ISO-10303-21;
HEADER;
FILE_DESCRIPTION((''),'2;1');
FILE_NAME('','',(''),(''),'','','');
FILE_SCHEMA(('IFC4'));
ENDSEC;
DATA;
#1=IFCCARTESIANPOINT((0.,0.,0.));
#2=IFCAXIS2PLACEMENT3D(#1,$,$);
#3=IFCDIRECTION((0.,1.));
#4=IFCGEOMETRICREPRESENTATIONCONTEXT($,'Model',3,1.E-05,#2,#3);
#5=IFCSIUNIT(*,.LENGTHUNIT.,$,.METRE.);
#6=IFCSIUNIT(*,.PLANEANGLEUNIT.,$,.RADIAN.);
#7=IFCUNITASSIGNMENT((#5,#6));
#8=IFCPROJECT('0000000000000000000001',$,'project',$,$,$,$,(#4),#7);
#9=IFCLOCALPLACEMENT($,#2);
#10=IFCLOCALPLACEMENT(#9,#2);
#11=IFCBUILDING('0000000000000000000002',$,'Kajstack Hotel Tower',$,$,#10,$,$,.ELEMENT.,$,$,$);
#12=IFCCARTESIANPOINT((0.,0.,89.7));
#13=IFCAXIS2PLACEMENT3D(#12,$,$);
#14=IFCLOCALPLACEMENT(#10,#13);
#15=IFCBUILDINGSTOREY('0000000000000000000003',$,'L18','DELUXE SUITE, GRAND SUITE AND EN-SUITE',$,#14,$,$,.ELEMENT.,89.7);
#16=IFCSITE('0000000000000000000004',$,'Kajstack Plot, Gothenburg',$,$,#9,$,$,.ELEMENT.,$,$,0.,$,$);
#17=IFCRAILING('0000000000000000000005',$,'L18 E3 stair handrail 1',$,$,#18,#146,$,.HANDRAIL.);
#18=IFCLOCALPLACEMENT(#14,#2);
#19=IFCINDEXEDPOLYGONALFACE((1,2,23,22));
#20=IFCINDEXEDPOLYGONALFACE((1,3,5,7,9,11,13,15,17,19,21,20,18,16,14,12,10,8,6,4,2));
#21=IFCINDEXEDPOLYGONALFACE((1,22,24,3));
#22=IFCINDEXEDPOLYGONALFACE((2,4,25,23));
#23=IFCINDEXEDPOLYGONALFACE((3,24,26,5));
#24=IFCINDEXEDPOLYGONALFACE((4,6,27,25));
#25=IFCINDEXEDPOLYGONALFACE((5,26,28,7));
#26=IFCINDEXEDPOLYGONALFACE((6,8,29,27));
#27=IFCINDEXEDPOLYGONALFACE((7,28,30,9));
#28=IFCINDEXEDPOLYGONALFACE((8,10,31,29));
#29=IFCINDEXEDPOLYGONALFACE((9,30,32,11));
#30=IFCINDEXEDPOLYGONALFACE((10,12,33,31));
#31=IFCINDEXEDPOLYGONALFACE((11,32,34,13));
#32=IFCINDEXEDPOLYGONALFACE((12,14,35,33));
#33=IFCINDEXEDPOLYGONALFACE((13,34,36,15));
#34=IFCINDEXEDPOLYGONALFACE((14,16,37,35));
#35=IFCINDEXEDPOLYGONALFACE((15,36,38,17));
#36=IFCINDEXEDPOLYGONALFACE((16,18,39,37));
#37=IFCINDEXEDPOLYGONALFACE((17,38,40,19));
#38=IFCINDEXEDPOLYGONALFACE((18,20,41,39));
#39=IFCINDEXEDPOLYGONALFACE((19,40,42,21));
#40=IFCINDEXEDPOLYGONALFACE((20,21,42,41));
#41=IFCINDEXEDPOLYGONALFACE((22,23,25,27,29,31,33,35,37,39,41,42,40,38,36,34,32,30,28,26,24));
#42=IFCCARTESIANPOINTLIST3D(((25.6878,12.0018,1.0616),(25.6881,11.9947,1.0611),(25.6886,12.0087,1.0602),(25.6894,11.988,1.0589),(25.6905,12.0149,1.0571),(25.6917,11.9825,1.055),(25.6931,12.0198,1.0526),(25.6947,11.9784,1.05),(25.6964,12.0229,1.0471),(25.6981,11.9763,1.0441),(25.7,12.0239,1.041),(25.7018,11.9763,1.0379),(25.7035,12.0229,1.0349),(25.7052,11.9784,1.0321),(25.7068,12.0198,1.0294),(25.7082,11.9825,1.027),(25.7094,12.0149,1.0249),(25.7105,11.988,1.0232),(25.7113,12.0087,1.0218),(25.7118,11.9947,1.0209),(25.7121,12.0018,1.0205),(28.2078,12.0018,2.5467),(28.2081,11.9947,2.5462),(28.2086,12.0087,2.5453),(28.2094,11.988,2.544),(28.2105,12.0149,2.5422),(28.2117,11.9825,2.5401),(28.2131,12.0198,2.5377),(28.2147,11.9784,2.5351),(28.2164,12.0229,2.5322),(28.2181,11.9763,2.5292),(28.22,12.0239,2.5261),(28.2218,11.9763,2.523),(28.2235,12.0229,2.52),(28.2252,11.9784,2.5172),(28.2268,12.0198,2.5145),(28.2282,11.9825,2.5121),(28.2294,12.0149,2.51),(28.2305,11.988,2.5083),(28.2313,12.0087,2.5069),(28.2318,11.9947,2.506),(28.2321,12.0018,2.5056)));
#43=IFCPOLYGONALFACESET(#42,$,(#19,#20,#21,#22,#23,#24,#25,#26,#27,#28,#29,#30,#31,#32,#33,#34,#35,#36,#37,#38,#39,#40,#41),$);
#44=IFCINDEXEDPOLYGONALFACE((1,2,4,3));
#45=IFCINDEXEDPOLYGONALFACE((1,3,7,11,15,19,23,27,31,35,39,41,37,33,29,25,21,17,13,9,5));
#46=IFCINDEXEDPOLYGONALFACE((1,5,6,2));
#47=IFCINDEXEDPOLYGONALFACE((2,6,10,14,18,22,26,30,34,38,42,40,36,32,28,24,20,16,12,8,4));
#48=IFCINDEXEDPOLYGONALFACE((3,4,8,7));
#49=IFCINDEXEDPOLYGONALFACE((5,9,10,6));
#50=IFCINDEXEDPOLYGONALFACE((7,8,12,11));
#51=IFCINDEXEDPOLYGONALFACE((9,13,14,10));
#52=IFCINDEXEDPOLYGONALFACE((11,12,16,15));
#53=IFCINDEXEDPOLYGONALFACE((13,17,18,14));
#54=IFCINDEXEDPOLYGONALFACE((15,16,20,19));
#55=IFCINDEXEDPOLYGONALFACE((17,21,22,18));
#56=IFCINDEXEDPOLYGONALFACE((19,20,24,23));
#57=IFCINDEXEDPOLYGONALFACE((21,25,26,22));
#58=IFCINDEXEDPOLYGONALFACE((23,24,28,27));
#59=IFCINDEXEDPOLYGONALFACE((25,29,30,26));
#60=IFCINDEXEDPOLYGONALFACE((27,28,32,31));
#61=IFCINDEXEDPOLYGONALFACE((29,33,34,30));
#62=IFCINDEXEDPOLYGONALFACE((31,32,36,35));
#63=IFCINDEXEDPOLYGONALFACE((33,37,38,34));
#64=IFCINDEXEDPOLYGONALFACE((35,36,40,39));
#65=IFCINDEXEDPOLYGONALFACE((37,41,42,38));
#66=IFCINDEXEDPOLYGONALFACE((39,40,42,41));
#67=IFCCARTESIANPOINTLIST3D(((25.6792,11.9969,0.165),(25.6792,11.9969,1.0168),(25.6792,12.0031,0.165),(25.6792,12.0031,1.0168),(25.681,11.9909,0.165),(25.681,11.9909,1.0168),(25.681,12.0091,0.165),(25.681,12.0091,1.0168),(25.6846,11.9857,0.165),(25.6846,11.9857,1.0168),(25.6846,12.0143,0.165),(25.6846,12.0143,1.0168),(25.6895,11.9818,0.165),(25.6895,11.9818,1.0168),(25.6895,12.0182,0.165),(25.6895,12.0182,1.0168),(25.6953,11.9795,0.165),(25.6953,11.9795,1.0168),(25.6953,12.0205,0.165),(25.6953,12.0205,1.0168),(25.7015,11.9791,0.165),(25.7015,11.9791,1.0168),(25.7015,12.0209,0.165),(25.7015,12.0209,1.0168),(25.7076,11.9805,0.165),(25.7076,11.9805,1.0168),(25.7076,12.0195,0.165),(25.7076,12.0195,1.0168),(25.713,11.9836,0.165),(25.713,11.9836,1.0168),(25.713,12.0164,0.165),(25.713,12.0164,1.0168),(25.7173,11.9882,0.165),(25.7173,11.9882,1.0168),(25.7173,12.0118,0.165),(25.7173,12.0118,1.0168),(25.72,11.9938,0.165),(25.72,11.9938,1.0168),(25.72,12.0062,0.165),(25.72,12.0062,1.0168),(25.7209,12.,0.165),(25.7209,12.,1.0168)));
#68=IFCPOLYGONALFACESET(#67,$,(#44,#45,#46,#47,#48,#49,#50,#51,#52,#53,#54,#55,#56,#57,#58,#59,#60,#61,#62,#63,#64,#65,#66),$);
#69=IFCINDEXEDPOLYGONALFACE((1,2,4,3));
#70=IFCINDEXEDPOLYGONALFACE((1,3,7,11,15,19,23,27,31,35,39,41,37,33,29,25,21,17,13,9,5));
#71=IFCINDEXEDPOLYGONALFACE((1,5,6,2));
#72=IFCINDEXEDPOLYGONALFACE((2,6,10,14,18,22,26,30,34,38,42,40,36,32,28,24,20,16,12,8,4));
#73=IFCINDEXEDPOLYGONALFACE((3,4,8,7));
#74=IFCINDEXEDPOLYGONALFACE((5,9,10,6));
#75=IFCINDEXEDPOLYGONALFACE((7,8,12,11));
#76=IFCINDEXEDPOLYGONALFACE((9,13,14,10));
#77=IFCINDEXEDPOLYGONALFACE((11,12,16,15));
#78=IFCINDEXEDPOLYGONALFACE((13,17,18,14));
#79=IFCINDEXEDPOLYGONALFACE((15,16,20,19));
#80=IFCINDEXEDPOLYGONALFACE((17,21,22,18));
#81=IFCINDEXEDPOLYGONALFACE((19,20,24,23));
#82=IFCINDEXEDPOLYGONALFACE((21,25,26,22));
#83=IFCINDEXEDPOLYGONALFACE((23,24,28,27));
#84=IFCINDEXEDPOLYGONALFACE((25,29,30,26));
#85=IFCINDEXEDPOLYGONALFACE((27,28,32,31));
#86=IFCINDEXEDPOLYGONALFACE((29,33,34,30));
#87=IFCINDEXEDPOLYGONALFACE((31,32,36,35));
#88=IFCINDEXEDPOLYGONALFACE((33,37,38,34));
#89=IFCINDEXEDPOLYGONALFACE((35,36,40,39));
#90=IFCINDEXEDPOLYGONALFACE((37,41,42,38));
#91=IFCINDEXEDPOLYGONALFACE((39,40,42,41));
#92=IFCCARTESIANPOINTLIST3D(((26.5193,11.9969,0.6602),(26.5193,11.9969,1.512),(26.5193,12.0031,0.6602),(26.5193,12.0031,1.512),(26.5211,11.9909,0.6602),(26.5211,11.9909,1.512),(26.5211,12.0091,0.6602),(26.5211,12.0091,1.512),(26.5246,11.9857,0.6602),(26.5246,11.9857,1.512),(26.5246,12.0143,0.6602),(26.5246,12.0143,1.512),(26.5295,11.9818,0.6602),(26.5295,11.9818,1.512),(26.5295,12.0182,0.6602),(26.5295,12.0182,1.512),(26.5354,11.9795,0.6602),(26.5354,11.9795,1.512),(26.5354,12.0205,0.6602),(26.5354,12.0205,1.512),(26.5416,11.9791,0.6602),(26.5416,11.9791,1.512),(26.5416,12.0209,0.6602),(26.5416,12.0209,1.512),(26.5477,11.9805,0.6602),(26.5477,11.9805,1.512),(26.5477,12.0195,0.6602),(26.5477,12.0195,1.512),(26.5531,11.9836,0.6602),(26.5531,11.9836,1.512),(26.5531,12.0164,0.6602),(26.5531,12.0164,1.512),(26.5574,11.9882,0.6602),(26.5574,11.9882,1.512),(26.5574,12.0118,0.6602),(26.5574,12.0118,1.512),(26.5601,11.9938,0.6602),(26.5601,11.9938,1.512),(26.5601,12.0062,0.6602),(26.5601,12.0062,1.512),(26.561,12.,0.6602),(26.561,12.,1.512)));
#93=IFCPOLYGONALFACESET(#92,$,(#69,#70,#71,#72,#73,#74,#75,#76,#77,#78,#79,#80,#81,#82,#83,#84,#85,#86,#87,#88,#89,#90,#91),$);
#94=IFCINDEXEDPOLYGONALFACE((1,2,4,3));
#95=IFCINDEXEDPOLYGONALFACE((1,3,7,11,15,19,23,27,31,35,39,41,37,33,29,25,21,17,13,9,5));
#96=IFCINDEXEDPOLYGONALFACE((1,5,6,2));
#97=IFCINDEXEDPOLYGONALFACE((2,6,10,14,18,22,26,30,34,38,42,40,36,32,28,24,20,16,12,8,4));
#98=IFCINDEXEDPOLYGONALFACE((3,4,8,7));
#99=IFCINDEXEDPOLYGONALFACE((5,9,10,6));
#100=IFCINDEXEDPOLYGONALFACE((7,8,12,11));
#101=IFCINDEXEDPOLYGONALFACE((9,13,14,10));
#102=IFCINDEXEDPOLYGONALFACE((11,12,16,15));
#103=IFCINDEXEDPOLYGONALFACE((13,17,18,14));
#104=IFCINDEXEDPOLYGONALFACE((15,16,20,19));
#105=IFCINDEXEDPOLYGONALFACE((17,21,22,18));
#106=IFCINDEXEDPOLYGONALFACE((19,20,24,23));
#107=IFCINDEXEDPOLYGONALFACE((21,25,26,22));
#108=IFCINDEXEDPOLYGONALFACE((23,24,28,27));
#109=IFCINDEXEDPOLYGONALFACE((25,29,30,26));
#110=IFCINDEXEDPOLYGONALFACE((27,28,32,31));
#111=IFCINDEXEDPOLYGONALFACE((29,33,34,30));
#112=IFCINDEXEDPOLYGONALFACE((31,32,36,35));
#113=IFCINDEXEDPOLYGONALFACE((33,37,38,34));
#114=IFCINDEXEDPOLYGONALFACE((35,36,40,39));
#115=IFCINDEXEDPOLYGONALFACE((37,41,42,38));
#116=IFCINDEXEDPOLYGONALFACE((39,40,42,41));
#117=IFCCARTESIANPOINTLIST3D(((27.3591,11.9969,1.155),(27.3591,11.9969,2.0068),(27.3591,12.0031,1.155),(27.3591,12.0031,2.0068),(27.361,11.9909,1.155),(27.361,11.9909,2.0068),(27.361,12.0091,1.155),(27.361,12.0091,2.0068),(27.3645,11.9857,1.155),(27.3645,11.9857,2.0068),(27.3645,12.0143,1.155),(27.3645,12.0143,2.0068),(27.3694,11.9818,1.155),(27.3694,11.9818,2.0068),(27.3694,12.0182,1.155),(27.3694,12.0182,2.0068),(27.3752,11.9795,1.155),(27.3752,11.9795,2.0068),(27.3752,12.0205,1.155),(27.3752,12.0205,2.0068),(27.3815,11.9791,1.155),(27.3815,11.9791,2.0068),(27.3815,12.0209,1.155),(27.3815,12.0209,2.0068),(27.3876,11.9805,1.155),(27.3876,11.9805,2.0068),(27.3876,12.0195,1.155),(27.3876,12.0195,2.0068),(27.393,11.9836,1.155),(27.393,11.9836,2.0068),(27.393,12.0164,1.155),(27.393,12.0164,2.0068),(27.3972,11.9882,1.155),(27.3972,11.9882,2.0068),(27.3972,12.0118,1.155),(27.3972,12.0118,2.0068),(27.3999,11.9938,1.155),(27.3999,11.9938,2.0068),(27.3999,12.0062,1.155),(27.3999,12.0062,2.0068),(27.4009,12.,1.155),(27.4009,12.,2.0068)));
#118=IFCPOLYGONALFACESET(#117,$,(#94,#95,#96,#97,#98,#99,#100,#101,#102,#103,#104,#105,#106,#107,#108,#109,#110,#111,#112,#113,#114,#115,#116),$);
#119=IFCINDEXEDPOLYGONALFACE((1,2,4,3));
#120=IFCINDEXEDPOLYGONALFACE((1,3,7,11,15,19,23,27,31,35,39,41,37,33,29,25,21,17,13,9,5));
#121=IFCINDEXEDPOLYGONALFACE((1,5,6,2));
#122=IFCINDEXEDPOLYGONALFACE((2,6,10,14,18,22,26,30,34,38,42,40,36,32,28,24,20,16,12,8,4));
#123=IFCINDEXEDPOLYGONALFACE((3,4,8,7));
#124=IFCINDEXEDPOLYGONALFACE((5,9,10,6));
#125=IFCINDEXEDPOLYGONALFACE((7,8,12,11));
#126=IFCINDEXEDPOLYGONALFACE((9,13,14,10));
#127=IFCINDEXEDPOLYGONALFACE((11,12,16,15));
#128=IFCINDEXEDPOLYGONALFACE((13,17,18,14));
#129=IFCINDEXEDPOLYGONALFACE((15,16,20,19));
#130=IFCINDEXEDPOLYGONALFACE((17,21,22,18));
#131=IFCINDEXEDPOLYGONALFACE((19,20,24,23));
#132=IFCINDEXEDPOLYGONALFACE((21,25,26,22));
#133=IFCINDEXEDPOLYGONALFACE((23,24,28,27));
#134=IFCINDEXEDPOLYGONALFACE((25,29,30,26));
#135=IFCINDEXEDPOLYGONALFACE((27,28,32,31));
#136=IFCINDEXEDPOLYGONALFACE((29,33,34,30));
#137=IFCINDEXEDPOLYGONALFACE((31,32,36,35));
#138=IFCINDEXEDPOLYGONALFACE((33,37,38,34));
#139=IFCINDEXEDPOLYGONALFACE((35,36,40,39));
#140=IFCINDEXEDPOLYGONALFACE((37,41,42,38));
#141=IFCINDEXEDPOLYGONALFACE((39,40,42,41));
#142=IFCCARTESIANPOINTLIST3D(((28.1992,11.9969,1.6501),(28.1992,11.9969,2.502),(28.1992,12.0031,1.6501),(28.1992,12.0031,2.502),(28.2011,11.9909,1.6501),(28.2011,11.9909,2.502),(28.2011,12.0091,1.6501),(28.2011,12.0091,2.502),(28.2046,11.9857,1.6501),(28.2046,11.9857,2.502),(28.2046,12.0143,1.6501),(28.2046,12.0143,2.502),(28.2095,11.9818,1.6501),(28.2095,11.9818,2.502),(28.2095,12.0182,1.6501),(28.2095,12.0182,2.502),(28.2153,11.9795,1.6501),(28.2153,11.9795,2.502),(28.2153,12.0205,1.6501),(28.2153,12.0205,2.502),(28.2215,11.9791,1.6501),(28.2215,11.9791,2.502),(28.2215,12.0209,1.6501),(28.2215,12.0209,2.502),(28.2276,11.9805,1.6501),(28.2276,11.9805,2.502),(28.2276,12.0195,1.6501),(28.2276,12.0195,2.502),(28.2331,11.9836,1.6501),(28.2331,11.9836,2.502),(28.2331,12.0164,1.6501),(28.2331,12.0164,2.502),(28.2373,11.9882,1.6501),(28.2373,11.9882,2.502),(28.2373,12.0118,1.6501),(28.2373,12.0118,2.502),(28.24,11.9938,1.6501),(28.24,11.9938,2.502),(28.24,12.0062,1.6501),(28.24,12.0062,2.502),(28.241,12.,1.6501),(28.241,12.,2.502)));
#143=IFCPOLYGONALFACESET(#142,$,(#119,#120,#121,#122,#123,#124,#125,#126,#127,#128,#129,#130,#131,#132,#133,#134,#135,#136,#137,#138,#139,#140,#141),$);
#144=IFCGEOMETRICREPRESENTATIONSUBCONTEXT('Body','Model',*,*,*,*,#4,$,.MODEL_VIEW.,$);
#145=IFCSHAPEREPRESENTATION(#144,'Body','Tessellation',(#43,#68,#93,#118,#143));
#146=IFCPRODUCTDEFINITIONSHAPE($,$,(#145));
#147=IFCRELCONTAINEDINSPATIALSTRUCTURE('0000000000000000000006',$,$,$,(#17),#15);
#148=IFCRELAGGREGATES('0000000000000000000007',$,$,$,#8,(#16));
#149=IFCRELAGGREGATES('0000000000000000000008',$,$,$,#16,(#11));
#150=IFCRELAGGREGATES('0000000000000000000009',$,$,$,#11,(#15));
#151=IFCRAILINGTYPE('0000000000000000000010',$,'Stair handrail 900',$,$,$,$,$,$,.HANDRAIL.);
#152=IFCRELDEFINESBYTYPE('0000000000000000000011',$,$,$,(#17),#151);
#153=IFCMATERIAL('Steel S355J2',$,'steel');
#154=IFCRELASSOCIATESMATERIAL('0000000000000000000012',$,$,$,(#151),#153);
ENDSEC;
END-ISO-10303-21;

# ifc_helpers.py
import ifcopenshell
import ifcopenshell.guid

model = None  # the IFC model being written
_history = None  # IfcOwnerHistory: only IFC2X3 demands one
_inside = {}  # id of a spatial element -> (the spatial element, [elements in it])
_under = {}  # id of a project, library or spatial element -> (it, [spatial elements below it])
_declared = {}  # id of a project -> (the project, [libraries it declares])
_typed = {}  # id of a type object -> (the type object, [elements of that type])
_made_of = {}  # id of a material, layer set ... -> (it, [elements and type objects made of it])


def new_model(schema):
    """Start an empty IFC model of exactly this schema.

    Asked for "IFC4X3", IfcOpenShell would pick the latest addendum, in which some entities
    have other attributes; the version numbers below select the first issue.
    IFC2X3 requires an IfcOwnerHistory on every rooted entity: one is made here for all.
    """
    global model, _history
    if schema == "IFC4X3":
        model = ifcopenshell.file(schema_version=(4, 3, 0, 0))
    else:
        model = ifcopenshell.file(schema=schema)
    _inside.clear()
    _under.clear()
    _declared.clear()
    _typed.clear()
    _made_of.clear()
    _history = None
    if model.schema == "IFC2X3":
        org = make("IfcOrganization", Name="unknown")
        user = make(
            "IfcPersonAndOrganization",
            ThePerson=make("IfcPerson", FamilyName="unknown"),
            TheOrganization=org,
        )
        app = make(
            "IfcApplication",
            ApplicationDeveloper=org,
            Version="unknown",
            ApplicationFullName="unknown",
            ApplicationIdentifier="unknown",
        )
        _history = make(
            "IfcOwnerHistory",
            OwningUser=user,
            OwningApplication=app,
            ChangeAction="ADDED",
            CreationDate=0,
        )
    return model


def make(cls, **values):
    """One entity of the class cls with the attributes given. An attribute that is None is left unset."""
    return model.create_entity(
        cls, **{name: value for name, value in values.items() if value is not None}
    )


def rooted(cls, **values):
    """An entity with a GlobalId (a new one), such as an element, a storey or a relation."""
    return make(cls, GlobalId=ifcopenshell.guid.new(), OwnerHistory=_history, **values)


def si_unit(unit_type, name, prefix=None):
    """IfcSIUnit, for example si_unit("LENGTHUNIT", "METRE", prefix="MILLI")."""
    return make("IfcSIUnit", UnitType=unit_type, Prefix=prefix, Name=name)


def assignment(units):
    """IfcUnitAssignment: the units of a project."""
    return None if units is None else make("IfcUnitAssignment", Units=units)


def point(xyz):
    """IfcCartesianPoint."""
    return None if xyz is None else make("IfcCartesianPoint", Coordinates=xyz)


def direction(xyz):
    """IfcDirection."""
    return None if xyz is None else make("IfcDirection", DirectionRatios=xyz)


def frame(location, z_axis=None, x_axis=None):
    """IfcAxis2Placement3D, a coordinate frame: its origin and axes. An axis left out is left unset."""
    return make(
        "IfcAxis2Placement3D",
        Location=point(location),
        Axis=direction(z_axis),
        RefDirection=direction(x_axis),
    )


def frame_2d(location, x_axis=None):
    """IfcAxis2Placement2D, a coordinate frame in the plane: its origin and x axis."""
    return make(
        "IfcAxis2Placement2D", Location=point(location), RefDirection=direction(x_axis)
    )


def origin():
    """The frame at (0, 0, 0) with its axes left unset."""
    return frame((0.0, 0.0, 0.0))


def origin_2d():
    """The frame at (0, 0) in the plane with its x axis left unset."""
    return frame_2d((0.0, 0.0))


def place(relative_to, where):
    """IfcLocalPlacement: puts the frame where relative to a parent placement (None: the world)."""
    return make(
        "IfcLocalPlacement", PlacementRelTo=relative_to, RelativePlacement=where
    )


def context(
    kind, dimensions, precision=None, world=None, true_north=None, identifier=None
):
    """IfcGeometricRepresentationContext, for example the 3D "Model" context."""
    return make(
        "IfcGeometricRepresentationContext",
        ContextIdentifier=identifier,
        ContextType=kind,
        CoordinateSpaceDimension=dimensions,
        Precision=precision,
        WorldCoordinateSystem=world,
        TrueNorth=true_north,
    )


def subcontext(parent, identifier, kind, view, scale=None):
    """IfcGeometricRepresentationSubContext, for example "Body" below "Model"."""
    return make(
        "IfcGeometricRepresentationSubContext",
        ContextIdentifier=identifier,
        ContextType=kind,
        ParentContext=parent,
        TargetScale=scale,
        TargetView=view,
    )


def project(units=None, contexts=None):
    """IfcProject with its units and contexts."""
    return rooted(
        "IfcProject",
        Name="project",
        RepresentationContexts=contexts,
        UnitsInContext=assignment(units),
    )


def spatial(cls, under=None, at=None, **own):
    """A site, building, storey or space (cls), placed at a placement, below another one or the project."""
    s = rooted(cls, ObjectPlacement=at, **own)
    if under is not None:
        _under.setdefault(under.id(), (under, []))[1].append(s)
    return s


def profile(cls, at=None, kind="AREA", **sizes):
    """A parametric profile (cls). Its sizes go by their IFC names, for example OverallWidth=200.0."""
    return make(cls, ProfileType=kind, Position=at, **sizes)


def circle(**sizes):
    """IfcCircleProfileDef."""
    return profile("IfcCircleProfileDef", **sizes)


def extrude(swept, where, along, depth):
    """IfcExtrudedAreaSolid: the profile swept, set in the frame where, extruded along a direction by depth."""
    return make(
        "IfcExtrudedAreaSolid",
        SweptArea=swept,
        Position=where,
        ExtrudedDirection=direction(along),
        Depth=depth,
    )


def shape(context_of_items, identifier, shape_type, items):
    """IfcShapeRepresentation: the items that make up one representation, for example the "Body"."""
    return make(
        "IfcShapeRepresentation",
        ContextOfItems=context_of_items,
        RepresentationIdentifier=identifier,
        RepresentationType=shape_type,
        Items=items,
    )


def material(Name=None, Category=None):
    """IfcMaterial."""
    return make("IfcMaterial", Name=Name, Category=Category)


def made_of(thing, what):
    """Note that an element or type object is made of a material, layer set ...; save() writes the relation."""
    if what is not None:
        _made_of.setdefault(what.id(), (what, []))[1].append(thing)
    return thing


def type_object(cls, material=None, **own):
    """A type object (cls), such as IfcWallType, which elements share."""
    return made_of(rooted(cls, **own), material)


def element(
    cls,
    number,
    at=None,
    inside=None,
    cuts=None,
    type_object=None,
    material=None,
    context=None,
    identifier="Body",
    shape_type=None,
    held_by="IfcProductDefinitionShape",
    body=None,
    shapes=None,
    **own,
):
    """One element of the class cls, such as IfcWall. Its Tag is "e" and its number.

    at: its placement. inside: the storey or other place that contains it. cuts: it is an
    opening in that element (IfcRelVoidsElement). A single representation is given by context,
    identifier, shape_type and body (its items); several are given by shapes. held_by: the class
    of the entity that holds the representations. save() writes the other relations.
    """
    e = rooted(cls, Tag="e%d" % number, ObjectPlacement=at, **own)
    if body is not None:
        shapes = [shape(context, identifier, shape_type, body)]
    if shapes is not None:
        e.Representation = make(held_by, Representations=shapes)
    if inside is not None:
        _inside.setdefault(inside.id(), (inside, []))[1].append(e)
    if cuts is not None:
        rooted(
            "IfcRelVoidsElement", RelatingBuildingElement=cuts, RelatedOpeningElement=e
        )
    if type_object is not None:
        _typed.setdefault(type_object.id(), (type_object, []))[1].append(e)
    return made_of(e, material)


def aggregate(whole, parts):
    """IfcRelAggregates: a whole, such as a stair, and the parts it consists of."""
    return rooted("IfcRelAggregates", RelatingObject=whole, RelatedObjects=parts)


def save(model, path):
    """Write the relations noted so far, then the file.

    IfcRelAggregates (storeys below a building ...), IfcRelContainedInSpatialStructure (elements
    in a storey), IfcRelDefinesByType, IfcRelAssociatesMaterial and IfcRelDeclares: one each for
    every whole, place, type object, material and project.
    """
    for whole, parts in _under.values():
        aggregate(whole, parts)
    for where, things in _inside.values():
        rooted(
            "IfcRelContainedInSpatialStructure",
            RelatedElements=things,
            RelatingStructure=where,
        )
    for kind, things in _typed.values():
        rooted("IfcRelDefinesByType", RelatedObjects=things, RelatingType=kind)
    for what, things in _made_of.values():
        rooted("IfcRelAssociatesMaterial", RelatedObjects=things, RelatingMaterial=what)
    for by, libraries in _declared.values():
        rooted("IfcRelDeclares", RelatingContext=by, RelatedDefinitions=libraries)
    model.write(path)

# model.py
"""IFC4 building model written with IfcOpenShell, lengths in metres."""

from ifc_helpers import new_model, si_unit, direction, frame, origin, origin_2d, place, context, subcontext, project, spatial, circle, extrude, material, type_object, element, save


model = new_model("IFC4")

# Units and contexts
model_context = context("Model", 3, precision=1e-05, world=origin(), true_north=direction((0.0, 1.0)))
body_context = subcontext(model_context, "Body", "Model", "MODEL_VIEW")
ifc_project = project(units=[si_unit("LENGTHUNIT", "METRE"), si_unit("PLANEANGLEUNIT", "RADIAN")], contexts=[model_context])

# Site, building, storey
site_placement = place(None, origin())
site = spatial("IfcSite", under=ifc_project, at=site_placement, Name="Kajstack Plot, Gothenburg", CompositionType="ELEMENT", RefElevation=0.0)
building_placement = place(site_placement, origin())
building = spatial("IfcBuilding", under=site, at=building_placement, Name="Kajstack Hotel Tower", CompositionType="ELEMENT")
storey_placement = place(building_placement, frame((0.0, 0.0, 89.7)))
storey = spatial("IfcBuildingStorey", under=building, at=storey_placement, Name="L18", Description="DELUXE SUITE, GRAND SUITE AND EN-SUITE", CompositionType="ELEMENT", Elevation=89.7)

# Railing
ifc_material_1 = material(Name="Steel S355J2", Category="steel")
railing_type_1 = type_object("IfcRailingType", Name="Stair handrail 900", PredefinedType="HANDRAIL", material=ifc_material_1)
railing_1_placement = place(storey_placement, frame((25.7, 12.0, 0.165)))
element("IfcRailing", 1, at=railing_1_placement, inside=storey, type_object=railing_type_1, Name="L18 E3 stair handrail 1", PredefinedType="HANDRAIL", context=body_context, shape_type="SweptSolid", body=[
    extrude(circle(Radius=0.0239, at=origin_2d()), frame((0.0, 0.0, 0.876), z_axis=(0.861524, 0.0, 0.507717), x_axis=(0.0, 1.0, 0.0)), (0.0, 0.0, 1.0), 2.925),
    extrude(circle(Radius=0.021, at=origin_2d()), origin(), (0.0, 0.0, 1.0), 0.8518),
    extrude(circle(Radius=0.021, at=origin_2d()), frame((0.8401, 0.0, 0.4951)), (0.0, 0.0, 1.0), 0.8518),
    extrude(circle(Radius=0.021, at=origin_2d()), frame((1.6799, 0.0, 0.99)), (0.0, 0.0, 1.0), 0.8518),
    extrude(circle(Radius=0.021, at=origin_2d()), frame((2.52, 0.0, 1.4851)), (0.0, 0.0, 1.0), 0.8518),
])

save(model, "model.ifc")
